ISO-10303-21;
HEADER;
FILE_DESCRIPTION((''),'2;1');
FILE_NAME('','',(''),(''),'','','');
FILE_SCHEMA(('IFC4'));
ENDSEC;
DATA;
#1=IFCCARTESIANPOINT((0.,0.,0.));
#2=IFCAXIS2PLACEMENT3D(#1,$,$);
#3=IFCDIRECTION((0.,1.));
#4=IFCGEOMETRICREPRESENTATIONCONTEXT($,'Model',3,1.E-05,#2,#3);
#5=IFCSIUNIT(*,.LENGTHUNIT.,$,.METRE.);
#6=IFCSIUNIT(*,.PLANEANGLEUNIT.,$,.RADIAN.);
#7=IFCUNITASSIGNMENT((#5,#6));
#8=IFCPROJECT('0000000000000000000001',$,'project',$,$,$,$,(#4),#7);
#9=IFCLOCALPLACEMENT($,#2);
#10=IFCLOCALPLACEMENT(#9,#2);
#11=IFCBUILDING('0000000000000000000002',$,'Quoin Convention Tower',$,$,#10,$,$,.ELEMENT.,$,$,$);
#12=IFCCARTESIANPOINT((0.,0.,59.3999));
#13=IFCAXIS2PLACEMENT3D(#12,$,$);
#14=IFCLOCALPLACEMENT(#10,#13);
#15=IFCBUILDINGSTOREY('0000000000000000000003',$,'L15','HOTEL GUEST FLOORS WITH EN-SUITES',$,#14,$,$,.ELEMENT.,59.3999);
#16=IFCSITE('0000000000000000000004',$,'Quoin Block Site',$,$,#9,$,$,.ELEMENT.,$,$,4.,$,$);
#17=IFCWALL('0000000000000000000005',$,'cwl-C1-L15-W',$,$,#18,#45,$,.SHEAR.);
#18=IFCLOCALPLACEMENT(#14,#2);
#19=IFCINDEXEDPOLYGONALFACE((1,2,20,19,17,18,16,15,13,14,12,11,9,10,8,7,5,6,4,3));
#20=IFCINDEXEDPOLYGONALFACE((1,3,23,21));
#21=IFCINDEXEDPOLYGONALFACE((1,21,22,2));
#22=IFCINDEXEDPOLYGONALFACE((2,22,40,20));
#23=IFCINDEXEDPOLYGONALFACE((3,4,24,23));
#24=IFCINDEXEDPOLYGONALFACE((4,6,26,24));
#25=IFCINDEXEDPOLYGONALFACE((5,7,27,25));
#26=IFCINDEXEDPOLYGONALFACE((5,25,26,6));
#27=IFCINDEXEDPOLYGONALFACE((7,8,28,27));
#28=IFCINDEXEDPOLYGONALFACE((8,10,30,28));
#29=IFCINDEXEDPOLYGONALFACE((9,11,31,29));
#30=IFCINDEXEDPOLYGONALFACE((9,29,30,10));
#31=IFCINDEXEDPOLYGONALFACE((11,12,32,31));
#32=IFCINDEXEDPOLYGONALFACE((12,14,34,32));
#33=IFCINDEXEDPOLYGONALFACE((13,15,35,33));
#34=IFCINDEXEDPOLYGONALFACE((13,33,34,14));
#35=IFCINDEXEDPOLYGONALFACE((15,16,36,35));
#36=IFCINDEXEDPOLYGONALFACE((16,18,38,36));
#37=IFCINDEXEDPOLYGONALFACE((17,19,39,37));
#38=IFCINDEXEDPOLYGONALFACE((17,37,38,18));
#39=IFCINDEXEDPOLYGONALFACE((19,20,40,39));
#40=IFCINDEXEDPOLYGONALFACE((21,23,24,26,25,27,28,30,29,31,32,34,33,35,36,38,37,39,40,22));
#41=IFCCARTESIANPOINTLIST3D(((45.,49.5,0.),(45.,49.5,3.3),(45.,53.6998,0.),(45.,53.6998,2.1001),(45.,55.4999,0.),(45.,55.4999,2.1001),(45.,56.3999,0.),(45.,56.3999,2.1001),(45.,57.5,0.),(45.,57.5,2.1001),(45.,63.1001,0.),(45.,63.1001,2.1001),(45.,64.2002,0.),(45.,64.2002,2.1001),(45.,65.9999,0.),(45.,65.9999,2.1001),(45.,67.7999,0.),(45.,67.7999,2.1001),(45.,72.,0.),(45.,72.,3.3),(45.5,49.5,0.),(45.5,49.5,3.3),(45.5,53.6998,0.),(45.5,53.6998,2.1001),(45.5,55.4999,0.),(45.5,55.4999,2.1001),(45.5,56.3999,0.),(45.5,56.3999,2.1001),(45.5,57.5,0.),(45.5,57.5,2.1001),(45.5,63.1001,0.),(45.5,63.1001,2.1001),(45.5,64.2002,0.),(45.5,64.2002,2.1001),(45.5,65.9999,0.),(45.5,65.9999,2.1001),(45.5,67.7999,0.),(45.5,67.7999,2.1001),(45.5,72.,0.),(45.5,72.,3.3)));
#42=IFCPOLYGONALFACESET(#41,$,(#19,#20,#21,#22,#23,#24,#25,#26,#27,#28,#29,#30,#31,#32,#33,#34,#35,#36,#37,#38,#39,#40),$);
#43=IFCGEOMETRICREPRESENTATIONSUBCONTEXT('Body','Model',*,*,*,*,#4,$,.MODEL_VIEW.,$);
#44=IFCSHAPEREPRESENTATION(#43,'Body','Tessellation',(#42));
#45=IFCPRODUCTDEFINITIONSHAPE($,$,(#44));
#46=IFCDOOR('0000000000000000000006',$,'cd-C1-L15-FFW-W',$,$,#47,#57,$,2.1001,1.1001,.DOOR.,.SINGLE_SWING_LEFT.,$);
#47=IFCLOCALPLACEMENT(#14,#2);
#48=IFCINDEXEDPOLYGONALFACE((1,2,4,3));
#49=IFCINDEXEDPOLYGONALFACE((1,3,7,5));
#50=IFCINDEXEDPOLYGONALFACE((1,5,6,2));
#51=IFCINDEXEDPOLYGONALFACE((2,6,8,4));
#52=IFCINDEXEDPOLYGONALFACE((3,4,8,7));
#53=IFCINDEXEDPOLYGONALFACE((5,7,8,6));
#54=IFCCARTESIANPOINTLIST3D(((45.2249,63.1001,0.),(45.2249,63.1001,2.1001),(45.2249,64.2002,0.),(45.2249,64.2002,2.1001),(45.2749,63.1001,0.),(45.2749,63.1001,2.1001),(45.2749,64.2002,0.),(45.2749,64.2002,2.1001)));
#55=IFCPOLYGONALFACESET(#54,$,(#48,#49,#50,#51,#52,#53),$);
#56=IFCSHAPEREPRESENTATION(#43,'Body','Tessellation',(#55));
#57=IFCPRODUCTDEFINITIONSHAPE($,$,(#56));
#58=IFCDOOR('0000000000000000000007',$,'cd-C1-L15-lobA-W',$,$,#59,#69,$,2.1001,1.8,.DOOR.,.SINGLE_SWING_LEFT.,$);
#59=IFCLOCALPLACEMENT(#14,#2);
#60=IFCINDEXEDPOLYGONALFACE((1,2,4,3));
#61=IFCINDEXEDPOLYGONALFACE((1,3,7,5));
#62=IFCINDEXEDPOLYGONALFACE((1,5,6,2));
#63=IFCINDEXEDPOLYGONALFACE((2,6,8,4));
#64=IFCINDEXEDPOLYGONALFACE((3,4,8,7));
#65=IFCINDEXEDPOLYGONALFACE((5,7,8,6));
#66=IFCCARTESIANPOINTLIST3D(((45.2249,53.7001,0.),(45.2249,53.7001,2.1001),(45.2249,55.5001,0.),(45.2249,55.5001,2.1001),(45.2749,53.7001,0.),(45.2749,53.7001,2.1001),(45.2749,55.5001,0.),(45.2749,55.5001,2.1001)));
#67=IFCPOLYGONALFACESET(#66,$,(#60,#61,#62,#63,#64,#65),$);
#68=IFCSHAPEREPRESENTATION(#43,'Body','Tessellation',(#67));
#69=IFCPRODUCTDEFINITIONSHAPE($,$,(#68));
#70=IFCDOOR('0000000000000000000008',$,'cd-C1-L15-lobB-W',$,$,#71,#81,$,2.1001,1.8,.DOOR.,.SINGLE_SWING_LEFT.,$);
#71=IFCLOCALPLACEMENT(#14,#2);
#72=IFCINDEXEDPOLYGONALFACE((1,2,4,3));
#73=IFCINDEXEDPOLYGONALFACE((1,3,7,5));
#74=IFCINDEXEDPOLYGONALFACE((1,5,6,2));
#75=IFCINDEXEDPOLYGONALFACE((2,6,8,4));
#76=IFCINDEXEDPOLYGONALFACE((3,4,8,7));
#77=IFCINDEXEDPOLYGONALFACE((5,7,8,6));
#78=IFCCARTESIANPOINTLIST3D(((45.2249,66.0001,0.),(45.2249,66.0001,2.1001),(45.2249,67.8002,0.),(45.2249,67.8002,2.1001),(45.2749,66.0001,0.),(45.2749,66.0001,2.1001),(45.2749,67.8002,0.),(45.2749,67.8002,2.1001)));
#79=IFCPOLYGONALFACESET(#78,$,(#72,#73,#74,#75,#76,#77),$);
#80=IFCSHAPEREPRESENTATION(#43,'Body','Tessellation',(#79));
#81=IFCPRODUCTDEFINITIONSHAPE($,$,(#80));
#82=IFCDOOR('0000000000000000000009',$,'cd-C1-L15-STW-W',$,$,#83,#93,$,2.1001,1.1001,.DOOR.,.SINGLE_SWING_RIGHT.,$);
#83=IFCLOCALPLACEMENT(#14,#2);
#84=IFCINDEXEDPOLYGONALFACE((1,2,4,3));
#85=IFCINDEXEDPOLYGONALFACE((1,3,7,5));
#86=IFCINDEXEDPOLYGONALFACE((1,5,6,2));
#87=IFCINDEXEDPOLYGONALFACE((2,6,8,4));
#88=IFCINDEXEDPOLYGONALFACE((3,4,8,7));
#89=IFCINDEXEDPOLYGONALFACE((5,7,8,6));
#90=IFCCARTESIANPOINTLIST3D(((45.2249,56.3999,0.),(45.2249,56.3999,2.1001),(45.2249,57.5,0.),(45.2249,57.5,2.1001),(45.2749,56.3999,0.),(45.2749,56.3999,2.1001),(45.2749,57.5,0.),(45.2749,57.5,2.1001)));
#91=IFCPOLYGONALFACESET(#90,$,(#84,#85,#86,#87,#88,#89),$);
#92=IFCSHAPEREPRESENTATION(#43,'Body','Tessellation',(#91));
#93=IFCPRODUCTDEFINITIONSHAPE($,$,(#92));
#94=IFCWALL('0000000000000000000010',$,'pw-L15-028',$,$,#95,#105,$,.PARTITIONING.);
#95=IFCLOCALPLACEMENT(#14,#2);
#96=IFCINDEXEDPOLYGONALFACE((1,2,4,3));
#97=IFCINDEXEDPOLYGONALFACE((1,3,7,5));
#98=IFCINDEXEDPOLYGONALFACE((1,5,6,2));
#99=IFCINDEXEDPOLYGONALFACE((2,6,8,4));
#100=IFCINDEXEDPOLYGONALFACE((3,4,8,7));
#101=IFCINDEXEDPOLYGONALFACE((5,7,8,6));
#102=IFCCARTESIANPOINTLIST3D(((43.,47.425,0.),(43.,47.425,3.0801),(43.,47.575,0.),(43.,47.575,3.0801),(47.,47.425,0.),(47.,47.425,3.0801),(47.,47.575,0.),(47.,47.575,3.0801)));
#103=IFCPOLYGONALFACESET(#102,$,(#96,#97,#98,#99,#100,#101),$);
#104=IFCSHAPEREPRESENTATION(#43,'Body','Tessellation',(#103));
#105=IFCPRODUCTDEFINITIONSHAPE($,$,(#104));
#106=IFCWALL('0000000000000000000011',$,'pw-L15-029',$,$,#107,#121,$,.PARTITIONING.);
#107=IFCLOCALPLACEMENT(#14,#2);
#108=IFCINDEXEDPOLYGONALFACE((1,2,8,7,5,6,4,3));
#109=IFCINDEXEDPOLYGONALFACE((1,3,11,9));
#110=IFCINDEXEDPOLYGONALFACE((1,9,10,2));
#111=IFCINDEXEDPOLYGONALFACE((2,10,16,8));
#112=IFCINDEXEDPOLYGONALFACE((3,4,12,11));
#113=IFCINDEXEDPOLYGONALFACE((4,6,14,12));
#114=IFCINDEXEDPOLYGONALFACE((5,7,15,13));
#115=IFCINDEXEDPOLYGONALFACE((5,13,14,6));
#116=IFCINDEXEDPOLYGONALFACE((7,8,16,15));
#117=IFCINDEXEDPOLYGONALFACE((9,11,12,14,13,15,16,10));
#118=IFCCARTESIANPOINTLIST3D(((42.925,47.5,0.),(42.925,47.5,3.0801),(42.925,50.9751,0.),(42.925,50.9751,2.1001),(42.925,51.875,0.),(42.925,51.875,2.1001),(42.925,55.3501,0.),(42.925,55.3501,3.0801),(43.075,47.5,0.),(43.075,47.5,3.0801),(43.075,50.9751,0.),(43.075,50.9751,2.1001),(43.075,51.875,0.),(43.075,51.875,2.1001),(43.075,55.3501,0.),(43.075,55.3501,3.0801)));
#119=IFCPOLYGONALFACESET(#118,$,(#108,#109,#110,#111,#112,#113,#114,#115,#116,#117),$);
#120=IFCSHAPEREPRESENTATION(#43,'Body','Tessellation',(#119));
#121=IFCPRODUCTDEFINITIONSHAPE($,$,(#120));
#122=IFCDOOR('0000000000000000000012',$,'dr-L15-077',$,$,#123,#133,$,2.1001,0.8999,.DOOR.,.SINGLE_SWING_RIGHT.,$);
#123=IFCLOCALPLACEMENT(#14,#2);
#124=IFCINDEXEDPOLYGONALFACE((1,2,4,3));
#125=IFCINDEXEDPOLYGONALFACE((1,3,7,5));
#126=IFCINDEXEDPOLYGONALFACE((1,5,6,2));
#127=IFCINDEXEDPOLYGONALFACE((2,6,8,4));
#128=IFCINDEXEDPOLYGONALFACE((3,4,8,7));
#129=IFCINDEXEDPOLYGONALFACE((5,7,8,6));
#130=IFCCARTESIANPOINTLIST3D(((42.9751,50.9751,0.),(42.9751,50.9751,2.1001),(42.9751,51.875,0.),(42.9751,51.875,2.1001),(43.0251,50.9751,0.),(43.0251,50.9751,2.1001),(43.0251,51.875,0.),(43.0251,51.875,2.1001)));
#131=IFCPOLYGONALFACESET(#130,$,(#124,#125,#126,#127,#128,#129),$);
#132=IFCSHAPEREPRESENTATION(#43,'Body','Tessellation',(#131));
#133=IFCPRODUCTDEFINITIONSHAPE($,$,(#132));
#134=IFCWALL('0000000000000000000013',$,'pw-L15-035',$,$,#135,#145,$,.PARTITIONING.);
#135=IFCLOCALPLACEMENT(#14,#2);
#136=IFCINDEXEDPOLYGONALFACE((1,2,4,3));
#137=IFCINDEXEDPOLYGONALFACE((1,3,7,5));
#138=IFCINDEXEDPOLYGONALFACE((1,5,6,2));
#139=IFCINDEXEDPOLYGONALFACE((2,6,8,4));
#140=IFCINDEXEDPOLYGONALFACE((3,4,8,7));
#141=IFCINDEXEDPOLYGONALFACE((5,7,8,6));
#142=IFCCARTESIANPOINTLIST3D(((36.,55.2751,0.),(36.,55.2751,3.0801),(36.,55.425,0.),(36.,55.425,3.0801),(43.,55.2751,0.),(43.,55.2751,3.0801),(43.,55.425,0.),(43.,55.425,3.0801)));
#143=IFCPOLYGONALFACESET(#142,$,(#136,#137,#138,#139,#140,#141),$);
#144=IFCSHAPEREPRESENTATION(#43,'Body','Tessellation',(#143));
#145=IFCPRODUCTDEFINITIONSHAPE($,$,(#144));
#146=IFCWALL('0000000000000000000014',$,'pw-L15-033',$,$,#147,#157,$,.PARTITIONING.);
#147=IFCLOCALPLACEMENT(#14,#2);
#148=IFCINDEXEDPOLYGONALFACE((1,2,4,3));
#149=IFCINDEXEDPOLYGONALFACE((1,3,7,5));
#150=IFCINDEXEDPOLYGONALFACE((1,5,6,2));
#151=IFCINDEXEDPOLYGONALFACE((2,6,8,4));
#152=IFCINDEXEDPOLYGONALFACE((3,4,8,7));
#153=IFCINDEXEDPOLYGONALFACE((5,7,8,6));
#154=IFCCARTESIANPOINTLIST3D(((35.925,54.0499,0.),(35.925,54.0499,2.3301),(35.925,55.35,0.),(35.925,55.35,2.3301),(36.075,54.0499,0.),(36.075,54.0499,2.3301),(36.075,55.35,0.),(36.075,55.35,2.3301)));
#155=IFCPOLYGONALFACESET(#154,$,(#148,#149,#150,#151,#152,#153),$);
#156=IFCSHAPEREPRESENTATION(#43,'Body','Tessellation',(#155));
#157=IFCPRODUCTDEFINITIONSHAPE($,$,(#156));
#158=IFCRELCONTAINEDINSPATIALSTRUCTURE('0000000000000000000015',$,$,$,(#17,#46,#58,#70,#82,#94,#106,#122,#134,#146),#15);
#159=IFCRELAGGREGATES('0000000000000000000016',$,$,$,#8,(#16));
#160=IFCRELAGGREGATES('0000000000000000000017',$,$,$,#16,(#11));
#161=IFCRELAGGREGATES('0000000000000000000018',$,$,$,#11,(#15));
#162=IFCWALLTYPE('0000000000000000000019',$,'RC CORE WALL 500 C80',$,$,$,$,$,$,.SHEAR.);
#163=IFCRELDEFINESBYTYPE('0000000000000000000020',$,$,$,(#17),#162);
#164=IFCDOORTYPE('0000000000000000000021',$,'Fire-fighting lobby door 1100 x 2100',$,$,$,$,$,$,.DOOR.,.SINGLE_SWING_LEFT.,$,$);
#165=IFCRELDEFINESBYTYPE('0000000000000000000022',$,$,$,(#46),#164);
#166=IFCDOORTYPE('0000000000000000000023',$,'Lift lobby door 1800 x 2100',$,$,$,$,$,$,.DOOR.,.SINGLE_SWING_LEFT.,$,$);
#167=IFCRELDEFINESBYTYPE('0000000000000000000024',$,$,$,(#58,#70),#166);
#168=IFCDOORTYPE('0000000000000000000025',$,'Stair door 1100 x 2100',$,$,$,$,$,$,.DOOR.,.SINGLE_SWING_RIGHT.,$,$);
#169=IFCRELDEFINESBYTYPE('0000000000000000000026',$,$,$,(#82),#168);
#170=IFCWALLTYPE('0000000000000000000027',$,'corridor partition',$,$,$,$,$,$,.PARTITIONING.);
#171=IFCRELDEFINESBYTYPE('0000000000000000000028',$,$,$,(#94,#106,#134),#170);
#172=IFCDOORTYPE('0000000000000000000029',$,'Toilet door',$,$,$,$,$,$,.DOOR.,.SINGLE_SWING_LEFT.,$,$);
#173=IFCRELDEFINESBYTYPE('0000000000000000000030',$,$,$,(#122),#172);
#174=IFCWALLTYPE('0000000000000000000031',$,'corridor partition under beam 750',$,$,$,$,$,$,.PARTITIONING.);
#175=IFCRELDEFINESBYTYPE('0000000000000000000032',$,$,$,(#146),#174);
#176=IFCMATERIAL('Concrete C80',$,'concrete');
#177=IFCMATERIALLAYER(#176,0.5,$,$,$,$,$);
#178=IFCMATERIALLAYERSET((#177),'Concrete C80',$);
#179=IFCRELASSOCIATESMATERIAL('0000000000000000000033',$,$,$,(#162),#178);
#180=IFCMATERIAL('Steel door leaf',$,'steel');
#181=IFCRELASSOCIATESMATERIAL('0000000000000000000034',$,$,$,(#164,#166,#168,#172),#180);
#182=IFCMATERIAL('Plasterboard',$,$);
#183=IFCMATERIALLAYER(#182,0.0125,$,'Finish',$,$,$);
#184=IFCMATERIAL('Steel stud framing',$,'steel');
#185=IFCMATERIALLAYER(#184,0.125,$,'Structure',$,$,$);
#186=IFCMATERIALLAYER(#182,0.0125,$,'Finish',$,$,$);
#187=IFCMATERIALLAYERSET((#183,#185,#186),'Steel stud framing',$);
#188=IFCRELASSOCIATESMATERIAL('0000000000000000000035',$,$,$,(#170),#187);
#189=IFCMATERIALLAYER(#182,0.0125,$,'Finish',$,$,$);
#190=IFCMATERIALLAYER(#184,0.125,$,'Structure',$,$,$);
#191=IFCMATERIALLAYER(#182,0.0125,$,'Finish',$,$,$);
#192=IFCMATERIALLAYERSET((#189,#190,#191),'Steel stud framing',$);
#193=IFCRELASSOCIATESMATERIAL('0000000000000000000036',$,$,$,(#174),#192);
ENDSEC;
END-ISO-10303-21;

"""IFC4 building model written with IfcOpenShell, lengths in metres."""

from ifc_helpers import new_model, si_unit, direction, frame, frame_2d, origin, place, context, subcontext, project, spatial, rectangle, extrude, material, layer, layer_set, type_object, element, fill, save


model = new_model("IFC4")

# Units and contexts
model_context = context("Model", 3, precision=1e-05, world=origin(), true_north=direction((0.0, 1.0)))
body_context = subcontext(model_context, "Body", "Model", "MODEL_VIEW")
ifc_project = project(units=[si_unit("LENGTHUNIT", "METRE"), si_unit("PLANEANGLEUNIT", "RADIAN")], contexts=[model_context])

# Site, building, storey
site_placement = place(None, origin())
site = spatial("IfcSite", under=ifc_project, at=site_placement, Name="Quoin Block Site", CompositionType="ELEMENT", RefElevation=4.0)
building_placement = place(site_placement, origin())
building = spatial("IfcBuilding", under=site, at=building_placement, Name="Quoin Convention Tower", CompositionType="ELEMENT")
storey_placement = place(building_placement, frame((0.0, 0.0, 59.3999)))
storey = spatial("IfcBuildingStorey", under=building, at=storey_placement, Name="L15", Description="HOTEL GUEST FLOORS WITH EN-SUITES", CompositionType="ELEMENT", Elevation=59.3999)

# Shared definitions
ifc_material_1 = material(Name="Concrete C80", Category="concrete")

# Shared definitions
ifc_material_2 = material(Name="Plasterboard")
ifc_material_3 = material(Name="Steel stud framing", Category="steel")
ifc_material_4 = material(Name="Steel door leaf", Category="steel")

# Shared definitions
ifc_layer_1 = layer(ifc_material_1, 0.5)
ifc_layer_set_1 = layer_set([ifc_layer_1], Name="Concrete C80")
wall_type_1 = type_object("IfcWallType", Name="RC CORE WALL 500 C80", PredefinedType="SHEAR", material=ifc_layer_set_1)

# Wall, openings, doors
wall_1_placement = place(storey_placement, frame((45.25, 49.5, 0.0), z_axis=(0.0, 0.0, 1.0), x_axis=(0.0, 1.0, 0.0)))
wall_1 = element("IfcWall", 1, at=wall_1_placement, inside=storey, type_object=wall_type_1, Name="cwl-C1-L15-W", PredefinedType="SHEAR", context=body_context, shape_type="SweptSolid", body=[
    extrude(rectangle(XDim=22.5, YDim=0.5, at=frame_2d((11.25, 0.0))), origin(), (0.0, 0.0, 1.0), 3.3),
])
opening_1_placement = place(wall_1_placement, frame((4.2, 0.0, 0.0)))
opening_1 = element("IfcOpeningElement", 2, at=opening_1_placement, cuts=wall_1, PredefinedType="OPENING", context=body_context, shape_type="SweptSolid", body=[
    extrude(rectangle(XDim=1.8, YDim=2.1001, at=frame_2d((0.8999, 1.05))), frame((0.0, 0.26, 0.0), z_axis=(0.0, -1.0, 0.0), x_axis=(1.0, 0.0, 0.0)), (0.0, 0.0, 1.0), 0.52),
])
opening_2_placement = place(wall_1_placement, frame((6.8999, 0.0, 0.0)))
opening_2 = element("IfcOpeningElement", 3, at=opening_2_placement, cuts=wall_1, PredefinedType="OPENING", context=body_context, shape_type="SweptSolid", body=[
    extrude(rectangle(XDim=1.1001, YDim=2.1001, at=frame_2d((0.55, 1.05))), frame((0.0, 0.26, 0.0), z_axis=(0.0, -1.0, 0.0), x_axis=(1.0, 0.0, 0.0)), (0.0, 0.0, 1.0), 0.52),
])
opening_3_placement = place(wall_1_placement, frame((13.6001, 0.0, 0.0)))
opening_3 = element("IfcOpeningElement", 4, at=opening_3_placement, cuts=wall_1, PredefinedType="OPENING", context=body_context, shape_type="SweptSolid", body=[
    extrude(rectangle(XDim=1.1001, YDim=2.1001, at=frame_2d((0.55, 1.05))), frame((0.0, 0.26, 0.0), z_axis=(0.0, -1.0, 0.0), x_axis=(1.0, 0.0, 0.0)), (0.0, 0.0, 1.0), 0.52),
])
opening_4_placement = place(wall_1_placement, frame((16.5, 0.0, 0.0)))
opening_4 = element("IfcOpeningElement", 5, at=opening_4_placement, cuts=wall_1, PredefinedType="OPENING", context=body_context, shape_type="SweptSolid", body=[
    extrude(rectangle(XDim=1.8, YDim=2.1001, at=frame_2d((0.8999, 1.05))), frame((0.0, 0.26, 0.0), z_axis=(0.0, -1.0, 0.0), x_axis=(1.0, 0.0, 0.0)), (0.0, 0.0, 1.0), 0.52),
])
door_type_1 = type_object("IfcDoorType", Name="Fire-fighting lobby door 1100 x 2100", OperationType="SINGLE_SWING_LEFT", PredefinedType="DOOR", material=ifc_material_4)
door_1_placement = place(opening_3_placement, frame((1.1001, 0.0, 0.0), z_axis=(0.0, 0.0, 1.0), x_axis=(-1.0, 0.0, 0.0)))
door_1 = element("IfcDoor", 6, at=door_1_placement, inside=storey, type_object=door_type_1, Name="cd-C1-L15-FFW-W", OperationType="SINGLE_SWING_LEFT", OverallHeight=2.1001, OverallWidth=1.1001, PredefinedType="DOOR", context=body_context, shape_type="SweptSolid", body=[
    extrude(rectangle(XDim=1.1001, YDim=2.1001, at=frame_2d((0.55, 1.05))), frame((0.0, 0.0249, 0.0), z_axis=(0.0, -1.0, 0.0), x_axis=(1.0, 0.0, 0.0)), (0.0, 0.0, 1.0), 0.05),
])
fill(opening_3, door_1)
door_type_2 = type_object("IfcDoorType", Name="Lift lobby door 1800 x 2100", OperationType="SINGLE_SWING_LEFT", PredefinedType="DOOR", material=ifc_material_4)
door_2_placement = place(opening_1_placement, frame((1.8, 0.0, 0.0), z_axis=(0.0, 0.0, 1.0), x_axis=(-1.0, 0.0, 0.0)))
door_2 = element("IfcDoor", 7, at=door_2_placement, inside=storey, type_object=door_type_2, Name="cd-C1-L15-lobA-W", OperationType="SINGLE_SWING_LEFT", OverallHeight=2.1001, OverallWidth=1.8, PredefinedType="DOOR", context=body_context, shape_type="SweptSolid", body=[
    extrude(rectangle(XDim=1.8, YDim=2.1001, at=frame_2d((0.8999, 1.05))), frame((0.0, 0.0249, 0.0), z_axis=(0.0, -1.0, 0.0), x_axis=(1.0, 0.0, 0.0)), (0.0, 0.0, 1.0), 0.05),
])
fill(opening_1, door_2)
door_3_placement = place(opening_4_placement, frame((1.8, 0.0, 0.0), z_axis=(0.0, 0.0, 1.0), x_axis=(-1.0, 0.0, 0.0)))
door_3 = element("IfcDoor", 8, at=door_3_placement, inside=storey, type_object=door_type_2, Name="cd-C1-L15-lobB-W", OperationType="SINGLE_SWING_LEFT", OverallHeight=2.1001, OverallWidth=1.8, PredefinedType="DOOR", context=body_context, shape_type="SweptSolid", body=[
    extrude(rectangle(XDim=1.8, YDim=2.1001, at=frame_2d((0.8999, 1.05))), frame((0.0, 0.0249, 0.0), z_axis=(0.0, -1.0, 0.0), x_axis=(1.0, 0.0, 0.0)), (0.0, 0.0, 1.0), 0.05),
])
fill(opening_4, door_3)
door_type_3 = type_object("IfcDoorType", Name="Stair door 1100 x 2100", OperationType="SINGLE_SWING_RIGHT", PredefinedType="DOOR", material=ifc_material_4)
door_4_placement = place(opening_2_placement, frame((1.1001, 0.0, 0.0), z_axis=(0.0, 0.0, 1.0), x_axis=(-1.0, 0.0, 0.0)))
door_4 = element("IfcDoor", 9, at=door_4_placement, inside=storey, type_object=door_type_3, Name="cd-C1-L15-STW-W", OperationType="SINGLE_SWING_RIGHT", OverallHeight=2.1001, OverallWidth=1.1001, PredefinedType="DOOR", context=body_context, shape_type="SweptSolid", body=[
    extrude(rectangle(XDim=1.1001, YDim=2.1001, at=frame_2d((0.55, 1.05))), frame((0.0, 0.0249, 0.0), z_axis=(0.0, -1.0, 0.0), x_axis=(1.0, 0.0, 0.0)), (0.0, 0.0, 1.0), 0.05),
])
fill(opening_2, door_4)

# Wall
ifc_layer_2 = layer(ifc_material_2, 0.0125, Name="Finish")
ifc_layer_3 = layer(ifc_material_3, 0.125, Name="Structure")
ifc_layer_4 = layer(ifc_material_2, 0.0125, Name="Finish")
ifc_layer_set_2 = layer_set([ifc_layer_2, ifc_layer_3, ifc_layer_4], Name="Steel stud framing")
wall_type_2 = type_object("IfcWallType", Name="corridor partition", PredefinedType="PARTITIONING", material=ifc_layer_set_2)
wall_2_placement = place(storey_placement, frame((43.0, 47.5, 0.0), z_axis=(0.0, 0.0, 1.0), x_axis=(1.0, 0.0, 0.0)))
element("IfcWall", 10, at=wall_2_placement, inside=storey, type_object=wall_type_2, Name="pw-L15-028", PredefinedType="PARTITIONING", context=body_context, shape_type="SweptSolid", body=[
    extrude(rectangle(XDim=4.0, YDim=0.1499, at=frame_2d((2.0, 0.0))), origin(), (0.0, 0.0, 1.0), 3.0801),
])

# Wall, opening, door
wall_3_placement = place(storey_placement, frame((43.0, 47.5, 0.0), z_axis=(0.0, 0.0, 1.0), x_axis=(0.0, 1.0, 0.0)))
wall_3 = element("IfcWall", 11, at=wall_3_placement, inside=storey, type_object=wall_type_2, Name="pw-L15-029", PredefinedType="PARTITIONING", context=body_context, shape_type="SweptSolid", body=[
    extrude(rectangle(XDim=7.8501, YDim=0.1499, at=frame_2d((3.925, 0.0))), origin(), (0.0, 0.0, 1.0), 3.0801),
])
opening_5_placement = place(wall_3_placement, frame((3.4751, 0.0, 0.0)))
opening_5 = element("IfcOpeningElement", 12, at=opening_5_placement, cuts=wall_3, PredefinedType="OPENING", context=body_context, shape_type="SweptSolid", body=[
    extrude(rectangle(XDim=0.8999, YDim=2.1001, at=frame_2d((0.45, 1.05))), frame((0.0, 0.085, 0.0), z_axis=(0.0, -1.0, 0.0), x_axis=(1.0, 0.0, 0.0)), (0.0, 0.0, 1.0), 0.1699),
])
door_type_4 = type_object("IfcDoorType", Name="Toilet door", OperationType="SINGLE_SWING_LEFT", PredefinedType="DOOR", material=ifc_material_4)
door_5_placement = place(opening_5_placement, origin())
door_5 = element("IfcDoor", 13, at=door_5_placement, inside=storey, type_object=door_type_4, Name="dr-L15-077", OperationType="SINGLE_SWING_RIGHT", OverallHeight=2.1001, OverallWidth=0.8999, PredefinedType="DOOR", context=body_context, shape_type="SweptSolid", body=[
    extrude(rectangle(XDim=0.8999, YDim=2.1001, at=frame_2d((0.45, 1.05))), frame((0.0, 0.0249, 0.0), z_axis=(0.0, -1.0, 0.0), x_axis=(1.0, 0.0, 0.0)), (0.0, 0.0, 1.0), 0.05),
])
fill(opening_5, door_5)

# Walls
wall_4_placement = place(storey_placement, frame((36.0, 55.3501, 0.0), z_axis=(0.0, 0.0, 1.0), x_axis=(1.0, 0.0, 0.0)))
element("IfcWall", 14, at=wall_4_placement, inside=storey, type_object=wall_type_2, Name="pw-L15-035", PredefinedType="PARTITIONING", context=body_context, shape_type="SweptSolid", body=[
    extrude(rectangle(XDim=7.0, YDim=0.1499, at=frame_2d((3.5, 0.0))), origin(), (0.0, 0.0, 1.0), 3.0801),
])
ifc_layer_5 = layer(ifc_material_2, 0.0125, Name="Finish")
ifc_layer_6 = layer(ifc_material_3, 0.125, Name="Structure")
ifc_layer_7 = layer(ifc_material_2, 0.0125, Name="Finish")
ifc_layer_set_3 = layer_set([ifc_layer_5, ifc_layer_6, ifc_layer_7], Name="Steel stud framing")
wall_type_3 = type_object("IfcWallType", Name="corridor partition under beam 750", PredefinedType="PARTITIONING", material=ifc_layer_set_3)
wall_5_placement = place(storey_placement, frame((36.0, 54.05, 0.0), z_axis=(0.0, 0.0, 1.0), x_axis=(0.0, 1.0, 0.0)))
element("IfcWall", 15, at=wall_5_placement, inside=storey, type_object=wall_type_3, Name="pw-L15-033", PredefinedType="PARTITIONING", context=body_context, shape_type="SweptSolid", body=[
    extrude(rectangle(XDim=1.3, YDim=0.1499, at=frame_2d((0.6499, 0.0))), origin(), (0.0, 0.0, 1.0), 2.3301),
])

save(model, "model.ifc")
